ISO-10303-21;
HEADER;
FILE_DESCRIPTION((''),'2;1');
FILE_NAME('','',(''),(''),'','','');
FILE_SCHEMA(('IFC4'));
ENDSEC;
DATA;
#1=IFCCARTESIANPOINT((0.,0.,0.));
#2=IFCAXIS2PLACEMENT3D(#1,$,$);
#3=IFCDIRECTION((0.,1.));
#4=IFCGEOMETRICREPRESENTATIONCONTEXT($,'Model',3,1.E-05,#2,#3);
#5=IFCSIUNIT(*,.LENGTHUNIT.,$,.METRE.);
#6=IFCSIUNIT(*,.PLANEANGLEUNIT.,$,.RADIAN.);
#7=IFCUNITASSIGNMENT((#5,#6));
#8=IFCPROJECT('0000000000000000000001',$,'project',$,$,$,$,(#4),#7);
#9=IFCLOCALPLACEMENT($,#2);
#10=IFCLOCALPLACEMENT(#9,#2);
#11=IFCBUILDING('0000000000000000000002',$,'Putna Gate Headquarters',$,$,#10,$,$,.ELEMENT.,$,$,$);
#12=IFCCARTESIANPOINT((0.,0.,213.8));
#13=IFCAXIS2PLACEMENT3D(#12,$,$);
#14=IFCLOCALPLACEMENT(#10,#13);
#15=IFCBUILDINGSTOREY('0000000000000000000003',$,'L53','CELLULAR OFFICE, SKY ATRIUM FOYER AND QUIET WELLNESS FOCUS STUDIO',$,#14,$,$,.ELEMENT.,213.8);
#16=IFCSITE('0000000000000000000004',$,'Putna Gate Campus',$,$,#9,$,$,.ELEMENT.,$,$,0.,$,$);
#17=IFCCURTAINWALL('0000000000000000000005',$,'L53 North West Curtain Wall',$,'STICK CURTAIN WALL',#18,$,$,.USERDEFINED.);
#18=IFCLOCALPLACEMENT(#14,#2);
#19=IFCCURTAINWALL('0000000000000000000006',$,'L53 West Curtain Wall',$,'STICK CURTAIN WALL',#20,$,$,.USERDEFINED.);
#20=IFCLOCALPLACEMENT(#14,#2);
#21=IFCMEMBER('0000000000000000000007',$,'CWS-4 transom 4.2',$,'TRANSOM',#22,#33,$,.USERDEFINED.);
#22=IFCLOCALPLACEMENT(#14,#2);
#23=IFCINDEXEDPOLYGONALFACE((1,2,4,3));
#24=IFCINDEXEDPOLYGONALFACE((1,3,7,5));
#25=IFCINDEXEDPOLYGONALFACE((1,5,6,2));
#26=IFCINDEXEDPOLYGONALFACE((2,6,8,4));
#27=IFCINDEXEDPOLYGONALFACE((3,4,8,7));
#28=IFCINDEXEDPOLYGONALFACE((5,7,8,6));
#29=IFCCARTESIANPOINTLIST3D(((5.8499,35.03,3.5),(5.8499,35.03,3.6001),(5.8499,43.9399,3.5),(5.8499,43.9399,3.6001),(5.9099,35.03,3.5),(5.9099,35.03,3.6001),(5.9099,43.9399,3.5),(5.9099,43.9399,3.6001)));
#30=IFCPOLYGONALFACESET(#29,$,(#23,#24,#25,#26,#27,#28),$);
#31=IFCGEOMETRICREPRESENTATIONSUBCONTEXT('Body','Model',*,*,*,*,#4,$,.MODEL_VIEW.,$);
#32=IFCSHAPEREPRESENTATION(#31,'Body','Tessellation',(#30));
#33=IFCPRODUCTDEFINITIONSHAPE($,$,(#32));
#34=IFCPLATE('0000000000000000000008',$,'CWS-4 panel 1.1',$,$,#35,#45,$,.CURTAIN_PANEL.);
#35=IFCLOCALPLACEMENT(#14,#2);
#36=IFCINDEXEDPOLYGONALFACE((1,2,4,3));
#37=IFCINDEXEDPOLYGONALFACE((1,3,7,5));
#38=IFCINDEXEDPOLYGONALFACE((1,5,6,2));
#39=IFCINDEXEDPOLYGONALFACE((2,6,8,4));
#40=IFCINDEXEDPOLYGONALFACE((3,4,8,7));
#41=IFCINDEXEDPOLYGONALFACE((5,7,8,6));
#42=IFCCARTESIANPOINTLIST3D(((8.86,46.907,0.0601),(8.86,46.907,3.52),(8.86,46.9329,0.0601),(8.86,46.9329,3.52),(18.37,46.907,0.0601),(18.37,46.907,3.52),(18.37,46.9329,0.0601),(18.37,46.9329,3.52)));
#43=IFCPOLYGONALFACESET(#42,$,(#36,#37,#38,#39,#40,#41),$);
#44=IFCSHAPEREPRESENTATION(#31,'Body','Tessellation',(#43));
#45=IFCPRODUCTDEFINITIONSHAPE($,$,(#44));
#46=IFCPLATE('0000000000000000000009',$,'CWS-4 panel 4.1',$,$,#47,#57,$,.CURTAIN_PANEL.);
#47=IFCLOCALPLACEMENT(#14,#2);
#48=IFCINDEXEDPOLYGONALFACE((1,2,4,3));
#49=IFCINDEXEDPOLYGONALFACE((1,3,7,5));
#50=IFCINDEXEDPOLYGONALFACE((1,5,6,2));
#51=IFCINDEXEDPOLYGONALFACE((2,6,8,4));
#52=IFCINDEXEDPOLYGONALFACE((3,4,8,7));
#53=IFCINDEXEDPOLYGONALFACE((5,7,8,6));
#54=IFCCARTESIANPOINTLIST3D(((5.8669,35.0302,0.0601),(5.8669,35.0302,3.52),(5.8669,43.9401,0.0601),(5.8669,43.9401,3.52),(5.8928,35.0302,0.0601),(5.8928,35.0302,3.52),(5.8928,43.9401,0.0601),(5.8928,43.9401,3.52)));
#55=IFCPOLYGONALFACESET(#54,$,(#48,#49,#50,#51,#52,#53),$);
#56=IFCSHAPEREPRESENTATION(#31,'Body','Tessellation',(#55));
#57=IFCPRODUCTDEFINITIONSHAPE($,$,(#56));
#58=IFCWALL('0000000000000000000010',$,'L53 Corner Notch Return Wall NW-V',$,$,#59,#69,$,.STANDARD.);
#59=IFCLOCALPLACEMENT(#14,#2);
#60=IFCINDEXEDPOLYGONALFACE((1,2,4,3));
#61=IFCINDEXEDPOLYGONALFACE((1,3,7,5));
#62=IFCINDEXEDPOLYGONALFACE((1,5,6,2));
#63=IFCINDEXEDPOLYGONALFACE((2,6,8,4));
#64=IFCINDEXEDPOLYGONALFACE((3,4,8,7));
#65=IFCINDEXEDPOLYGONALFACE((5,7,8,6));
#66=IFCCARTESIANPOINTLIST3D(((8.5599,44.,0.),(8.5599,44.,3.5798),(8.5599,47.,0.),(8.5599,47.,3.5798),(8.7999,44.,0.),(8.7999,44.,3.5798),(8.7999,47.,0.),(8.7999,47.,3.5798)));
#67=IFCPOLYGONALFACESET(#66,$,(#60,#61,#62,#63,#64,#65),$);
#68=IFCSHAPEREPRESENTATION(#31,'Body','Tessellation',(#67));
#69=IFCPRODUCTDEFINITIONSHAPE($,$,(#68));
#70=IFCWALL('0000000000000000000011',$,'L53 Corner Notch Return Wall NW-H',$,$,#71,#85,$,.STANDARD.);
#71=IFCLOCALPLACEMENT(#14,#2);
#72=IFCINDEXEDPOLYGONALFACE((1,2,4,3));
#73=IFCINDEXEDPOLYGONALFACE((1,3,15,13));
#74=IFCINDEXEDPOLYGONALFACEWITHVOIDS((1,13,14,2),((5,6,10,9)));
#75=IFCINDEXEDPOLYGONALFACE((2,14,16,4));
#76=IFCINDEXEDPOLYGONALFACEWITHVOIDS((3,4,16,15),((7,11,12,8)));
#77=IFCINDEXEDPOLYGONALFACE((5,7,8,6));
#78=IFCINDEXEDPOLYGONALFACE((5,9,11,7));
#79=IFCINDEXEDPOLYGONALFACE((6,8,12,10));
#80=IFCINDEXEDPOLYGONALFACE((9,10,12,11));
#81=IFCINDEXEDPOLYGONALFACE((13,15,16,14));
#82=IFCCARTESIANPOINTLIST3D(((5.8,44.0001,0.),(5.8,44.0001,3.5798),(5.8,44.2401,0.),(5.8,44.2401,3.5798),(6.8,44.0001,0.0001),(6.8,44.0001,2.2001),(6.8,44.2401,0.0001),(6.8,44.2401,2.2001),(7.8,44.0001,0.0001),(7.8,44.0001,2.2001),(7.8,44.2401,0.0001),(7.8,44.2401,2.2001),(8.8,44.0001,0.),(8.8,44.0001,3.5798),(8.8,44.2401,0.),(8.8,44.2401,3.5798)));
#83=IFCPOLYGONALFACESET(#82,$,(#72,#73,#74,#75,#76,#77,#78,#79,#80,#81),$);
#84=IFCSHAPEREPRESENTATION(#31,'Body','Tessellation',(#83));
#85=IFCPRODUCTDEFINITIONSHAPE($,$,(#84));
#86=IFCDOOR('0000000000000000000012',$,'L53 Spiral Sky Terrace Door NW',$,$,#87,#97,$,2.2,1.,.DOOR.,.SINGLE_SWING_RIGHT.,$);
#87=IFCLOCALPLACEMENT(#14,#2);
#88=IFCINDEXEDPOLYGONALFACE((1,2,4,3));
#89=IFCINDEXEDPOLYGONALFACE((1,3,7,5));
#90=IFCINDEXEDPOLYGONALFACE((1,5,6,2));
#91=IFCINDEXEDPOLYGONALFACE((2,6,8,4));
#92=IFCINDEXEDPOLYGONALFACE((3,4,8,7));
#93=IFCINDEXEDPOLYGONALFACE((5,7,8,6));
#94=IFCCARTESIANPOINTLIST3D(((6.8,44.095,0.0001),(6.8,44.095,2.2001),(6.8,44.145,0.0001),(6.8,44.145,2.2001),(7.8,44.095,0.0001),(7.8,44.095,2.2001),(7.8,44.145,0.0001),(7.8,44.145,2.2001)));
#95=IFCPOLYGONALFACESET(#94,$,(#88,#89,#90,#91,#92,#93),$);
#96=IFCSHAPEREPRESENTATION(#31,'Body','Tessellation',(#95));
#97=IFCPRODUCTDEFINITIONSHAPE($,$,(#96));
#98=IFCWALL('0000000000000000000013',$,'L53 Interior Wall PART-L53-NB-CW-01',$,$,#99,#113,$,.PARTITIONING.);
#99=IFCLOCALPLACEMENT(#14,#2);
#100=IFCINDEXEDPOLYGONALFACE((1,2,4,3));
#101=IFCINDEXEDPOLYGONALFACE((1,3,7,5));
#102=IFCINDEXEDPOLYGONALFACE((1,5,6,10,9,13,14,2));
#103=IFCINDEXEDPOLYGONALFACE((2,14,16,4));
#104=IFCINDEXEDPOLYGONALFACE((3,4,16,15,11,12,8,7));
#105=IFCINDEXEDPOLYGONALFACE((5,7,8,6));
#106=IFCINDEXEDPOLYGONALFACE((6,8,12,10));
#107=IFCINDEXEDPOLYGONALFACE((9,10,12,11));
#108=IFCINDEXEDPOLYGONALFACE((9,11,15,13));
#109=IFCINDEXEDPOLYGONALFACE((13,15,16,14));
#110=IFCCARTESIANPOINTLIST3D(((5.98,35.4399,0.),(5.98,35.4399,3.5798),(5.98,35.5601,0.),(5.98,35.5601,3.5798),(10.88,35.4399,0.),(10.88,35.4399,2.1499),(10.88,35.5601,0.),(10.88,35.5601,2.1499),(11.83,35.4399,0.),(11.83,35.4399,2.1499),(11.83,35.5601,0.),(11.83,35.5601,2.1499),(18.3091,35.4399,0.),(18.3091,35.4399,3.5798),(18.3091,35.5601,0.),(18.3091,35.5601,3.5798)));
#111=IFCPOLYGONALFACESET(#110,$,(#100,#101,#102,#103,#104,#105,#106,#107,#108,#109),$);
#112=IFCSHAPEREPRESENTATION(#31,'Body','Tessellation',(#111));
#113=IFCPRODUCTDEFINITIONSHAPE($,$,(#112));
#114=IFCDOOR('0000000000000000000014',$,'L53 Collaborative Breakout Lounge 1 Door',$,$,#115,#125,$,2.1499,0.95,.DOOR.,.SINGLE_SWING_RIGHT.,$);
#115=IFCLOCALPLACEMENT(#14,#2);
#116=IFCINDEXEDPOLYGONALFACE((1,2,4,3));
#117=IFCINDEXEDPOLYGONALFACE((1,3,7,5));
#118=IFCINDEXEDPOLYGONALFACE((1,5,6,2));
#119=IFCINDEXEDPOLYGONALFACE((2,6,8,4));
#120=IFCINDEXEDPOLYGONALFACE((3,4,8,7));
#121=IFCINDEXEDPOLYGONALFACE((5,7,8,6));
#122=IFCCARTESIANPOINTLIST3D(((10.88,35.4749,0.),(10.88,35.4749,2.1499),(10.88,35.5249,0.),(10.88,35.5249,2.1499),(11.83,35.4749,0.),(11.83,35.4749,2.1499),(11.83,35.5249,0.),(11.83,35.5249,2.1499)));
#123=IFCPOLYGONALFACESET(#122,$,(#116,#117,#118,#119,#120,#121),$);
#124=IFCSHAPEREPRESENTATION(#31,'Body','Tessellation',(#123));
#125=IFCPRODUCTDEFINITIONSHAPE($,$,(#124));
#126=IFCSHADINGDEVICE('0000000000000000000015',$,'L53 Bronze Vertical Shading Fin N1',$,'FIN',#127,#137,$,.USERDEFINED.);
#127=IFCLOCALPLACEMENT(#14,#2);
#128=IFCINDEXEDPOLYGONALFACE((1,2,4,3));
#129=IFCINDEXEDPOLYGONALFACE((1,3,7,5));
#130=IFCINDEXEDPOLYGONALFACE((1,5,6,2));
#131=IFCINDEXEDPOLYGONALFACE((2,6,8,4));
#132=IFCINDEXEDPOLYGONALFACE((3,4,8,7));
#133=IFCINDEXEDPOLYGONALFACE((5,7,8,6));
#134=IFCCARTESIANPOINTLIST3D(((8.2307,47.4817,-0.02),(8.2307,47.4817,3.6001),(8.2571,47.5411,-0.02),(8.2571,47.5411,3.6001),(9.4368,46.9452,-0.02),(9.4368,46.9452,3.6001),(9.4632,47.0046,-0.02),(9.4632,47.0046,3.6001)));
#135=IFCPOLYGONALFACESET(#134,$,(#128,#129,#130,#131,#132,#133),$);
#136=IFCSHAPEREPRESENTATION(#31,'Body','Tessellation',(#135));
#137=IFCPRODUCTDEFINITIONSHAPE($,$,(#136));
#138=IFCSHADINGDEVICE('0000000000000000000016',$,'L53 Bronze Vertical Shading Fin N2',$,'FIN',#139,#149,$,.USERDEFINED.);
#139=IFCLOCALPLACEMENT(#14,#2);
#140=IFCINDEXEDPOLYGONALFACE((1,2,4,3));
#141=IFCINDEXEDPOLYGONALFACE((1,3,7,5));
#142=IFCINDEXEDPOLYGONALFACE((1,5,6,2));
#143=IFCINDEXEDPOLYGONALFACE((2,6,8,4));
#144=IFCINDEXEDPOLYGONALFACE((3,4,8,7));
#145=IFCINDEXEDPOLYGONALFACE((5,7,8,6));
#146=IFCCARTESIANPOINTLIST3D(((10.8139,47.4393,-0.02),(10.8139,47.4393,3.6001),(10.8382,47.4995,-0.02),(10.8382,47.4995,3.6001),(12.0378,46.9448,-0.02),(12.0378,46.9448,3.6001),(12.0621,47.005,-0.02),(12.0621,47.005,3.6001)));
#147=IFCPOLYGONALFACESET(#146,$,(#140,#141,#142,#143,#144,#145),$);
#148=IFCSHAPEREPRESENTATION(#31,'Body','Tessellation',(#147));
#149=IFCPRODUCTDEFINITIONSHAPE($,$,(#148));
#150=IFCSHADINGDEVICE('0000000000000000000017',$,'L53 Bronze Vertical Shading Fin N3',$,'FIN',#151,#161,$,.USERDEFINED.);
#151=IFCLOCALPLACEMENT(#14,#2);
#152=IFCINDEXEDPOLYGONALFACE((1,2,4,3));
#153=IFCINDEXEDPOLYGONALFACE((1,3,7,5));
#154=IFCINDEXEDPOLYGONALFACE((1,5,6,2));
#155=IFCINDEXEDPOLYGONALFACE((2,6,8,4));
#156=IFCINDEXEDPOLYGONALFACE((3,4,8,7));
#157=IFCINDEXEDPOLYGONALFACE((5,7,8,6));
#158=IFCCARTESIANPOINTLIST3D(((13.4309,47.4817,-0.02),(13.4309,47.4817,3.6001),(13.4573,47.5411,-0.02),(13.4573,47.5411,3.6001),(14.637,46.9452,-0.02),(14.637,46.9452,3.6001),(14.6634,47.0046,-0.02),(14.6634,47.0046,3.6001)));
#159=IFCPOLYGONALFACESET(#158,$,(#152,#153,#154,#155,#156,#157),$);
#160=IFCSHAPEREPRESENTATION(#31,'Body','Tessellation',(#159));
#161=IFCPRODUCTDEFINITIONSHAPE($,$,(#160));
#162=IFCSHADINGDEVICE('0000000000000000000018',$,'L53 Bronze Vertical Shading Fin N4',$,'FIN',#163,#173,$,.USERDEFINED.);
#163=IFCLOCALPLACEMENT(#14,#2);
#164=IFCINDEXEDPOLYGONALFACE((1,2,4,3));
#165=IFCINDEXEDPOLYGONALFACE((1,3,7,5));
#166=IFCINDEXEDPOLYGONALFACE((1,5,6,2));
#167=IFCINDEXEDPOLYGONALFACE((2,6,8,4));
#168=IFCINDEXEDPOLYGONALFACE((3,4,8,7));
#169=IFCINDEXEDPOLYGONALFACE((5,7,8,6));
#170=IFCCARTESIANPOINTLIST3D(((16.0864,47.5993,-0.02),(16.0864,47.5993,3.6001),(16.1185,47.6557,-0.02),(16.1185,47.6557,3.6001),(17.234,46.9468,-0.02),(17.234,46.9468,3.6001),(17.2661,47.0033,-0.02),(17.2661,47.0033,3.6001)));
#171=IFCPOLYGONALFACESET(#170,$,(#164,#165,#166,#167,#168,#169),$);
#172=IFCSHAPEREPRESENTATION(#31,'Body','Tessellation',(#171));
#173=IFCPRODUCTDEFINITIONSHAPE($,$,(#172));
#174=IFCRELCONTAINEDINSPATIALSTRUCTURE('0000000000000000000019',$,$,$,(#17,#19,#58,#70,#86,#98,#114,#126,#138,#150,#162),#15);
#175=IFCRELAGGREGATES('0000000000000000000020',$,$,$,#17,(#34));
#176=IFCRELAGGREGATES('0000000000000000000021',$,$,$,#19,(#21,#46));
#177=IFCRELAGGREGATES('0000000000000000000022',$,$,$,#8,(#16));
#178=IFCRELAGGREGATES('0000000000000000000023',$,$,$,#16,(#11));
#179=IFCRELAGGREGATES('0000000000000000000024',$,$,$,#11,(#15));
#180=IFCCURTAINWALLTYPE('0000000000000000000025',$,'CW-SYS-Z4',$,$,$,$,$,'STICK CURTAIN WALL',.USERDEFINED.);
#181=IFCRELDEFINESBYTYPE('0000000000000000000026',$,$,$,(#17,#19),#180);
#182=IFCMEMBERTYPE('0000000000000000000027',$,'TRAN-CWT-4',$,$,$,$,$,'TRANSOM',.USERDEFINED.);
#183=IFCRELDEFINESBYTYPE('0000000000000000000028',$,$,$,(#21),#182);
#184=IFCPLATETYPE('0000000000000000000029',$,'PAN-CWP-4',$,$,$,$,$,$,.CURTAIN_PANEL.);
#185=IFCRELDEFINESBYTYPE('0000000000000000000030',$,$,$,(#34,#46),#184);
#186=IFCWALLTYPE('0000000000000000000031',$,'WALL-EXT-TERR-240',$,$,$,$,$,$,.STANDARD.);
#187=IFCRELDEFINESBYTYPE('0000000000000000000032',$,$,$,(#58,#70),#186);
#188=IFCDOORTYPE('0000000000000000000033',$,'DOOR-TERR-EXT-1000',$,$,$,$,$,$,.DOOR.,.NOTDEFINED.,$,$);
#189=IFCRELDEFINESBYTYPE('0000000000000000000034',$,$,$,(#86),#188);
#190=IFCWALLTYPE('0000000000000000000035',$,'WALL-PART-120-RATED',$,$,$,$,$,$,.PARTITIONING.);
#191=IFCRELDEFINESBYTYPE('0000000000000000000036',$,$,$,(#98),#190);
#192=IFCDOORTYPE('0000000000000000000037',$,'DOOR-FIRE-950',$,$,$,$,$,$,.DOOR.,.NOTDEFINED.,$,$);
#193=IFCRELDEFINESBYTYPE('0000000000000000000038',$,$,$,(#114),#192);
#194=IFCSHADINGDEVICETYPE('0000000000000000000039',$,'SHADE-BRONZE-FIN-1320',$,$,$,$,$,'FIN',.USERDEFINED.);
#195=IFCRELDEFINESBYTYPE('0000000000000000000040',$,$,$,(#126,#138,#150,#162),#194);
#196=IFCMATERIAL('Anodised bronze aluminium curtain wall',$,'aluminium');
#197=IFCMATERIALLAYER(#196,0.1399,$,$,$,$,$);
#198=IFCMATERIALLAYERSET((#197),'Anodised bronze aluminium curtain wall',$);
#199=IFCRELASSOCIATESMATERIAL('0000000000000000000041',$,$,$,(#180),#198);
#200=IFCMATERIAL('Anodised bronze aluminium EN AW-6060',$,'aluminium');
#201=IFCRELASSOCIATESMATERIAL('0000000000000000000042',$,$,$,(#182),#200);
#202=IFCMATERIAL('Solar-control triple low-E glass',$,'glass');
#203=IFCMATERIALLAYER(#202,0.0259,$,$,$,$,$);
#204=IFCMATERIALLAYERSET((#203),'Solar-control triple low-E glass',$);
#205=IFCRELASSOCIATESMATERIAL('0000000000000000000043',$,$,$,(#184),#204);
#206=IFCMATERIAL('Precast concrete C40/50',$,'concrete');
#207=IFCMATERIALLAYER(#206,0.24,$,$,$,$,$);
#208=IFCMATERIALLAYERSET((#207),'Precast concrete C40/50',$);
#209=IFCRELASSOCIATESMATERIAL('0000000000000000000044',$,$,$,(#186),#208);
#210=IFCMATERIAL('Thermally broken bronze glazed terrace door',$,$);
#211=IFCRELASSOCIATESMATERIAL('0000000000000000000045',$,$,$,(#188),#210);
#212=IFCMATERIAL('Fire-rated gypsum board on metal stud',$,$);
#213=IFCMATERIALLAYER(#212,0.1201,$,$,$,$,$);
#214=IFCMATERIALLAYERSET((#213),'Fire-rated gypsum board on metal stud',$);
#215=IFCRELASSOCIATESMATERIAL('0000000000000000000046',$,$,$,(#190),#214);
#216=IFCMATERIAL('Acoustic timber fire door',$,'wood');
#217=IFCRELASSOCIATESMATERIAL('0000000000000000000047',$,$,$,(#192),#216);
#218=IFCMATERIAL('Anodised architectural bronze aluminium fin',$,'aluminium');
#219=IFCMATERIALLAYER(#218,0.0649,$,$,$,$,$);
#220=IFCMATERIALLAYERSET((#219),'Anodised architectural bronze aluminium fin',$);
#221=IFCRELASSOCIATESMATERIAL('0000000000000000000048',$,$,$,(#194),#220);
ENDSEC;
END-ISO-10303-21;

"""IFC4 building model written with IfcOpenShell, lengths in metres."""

from ifc_helpers import new_model, si_unit, direction, frame, frame_2d, origin, origin_2d, place, context, subcontext, project, spatial, rectangle, extrude, material, layer, layer_set, material_profile, profile_set, type_object, element, fill, aggregate, save


model = new_model("IFC4")

# Units and contexts
model_context = context("Model", 3, precision=1e-05, world=origin(), true_north=direction((0.0, 1.0)))
body_context = subcontext(model_context, "Body", "Model", "MODEL_VIEW")
ifc_project = project(units=[si_unit("LENGTHUNIT", "METRE"), si_unit("PLANEANGLEUNIT", "RADIAN")], contexts=[model_context])

# Site, building, storey
site_placement = place(None, origin())
site = spatial("IfcSite", under=ifc_project, at=site_placement, Name="Putna Gate Campus", CompositionType="ELEMENT", RefElevation=0.0)
building_placement = place(site_placement, origin())
building = spatial("IfcBuilding", under=site, at=building_placement, Name="Putna Gate Headquarters", CompositionType="ELEMENT")
storey_placement = place(building_placement, frame((0.0, 0.0, 213.8)))
storey = spatial("IfcBuildingStorey", under=building, at=storey_placement, Name="L53", Description="CELLULAR OFFICE, SKY ATRIUM FOYER AND QUIET WELLNESS FOCUS STUDIO", CompositionType="ELEMENT", Elevation=213.8)

# Curtain wall
ifc_material_1 = material(Name="Anodised bronze aluminium curtain wall", Category="aluminium")
ifc_layer_1 = layer(ifc_material_1, 0.1399)
ifc_layer_set_1 = layer_set([ifc_layer_1], Name="Anodised bronze aluminium curtain wall")
curtain_wall_type = type_object("IfcCurtainWallType", Name="CW-SYS-Z4", ElementType="STICK CURTAIN WALL", PredefinedType="USERDEFINED", material=ifc_layer_set_1)
curtain_wall_1_placement = place(storey_placement, origin())
curtain_wall_1 = element("IfcCurtainWall", 1, at=curtain_wall_1_placement, inside=storey, type_object=curtain_wall_type, Name="L53 North West Curtain Wall", ObjectType="STICK CURTAIN WALL", PredefinedType="USERDEFINED")
ifc_material_2 = material(Name="Anodised bronze aluminium EN AW-6060", Category="aluminium")

# Curtain wall
curtain_wall_2_placement = place(storey_placement, origin())
curtain_wall_2 = element("IfcCurtainWall", 2, at=curtain_wall_2_placement, inside=storey, type_object=curtain_wall_type, Name="L53 West Curtain Wall", ObjectType="STICK CURTAIN WALL", PredefinedType="USERDEFINED")

# Member
ifc_material_profile_1 = material_profile(ifc_material_2, rectangle(XDim=0.0601, YDim=0.1001, at=origin_2d()), Name="Anodised bronze aluminium EN AW-6060")
ifc_profile_set_1 = profile_set([ifc_material_profile_1], Name="Anodised bronze aluminium EN AW-6060")
member_type_1 = type_object("IfcMemberType", Name="TRAN-CWT-4", ElementType="TRANSOM", PredefinedType="USERDEFINED", material=ifc_profile_set_1)
member_1_placement = place(storey_placement, frame((5.8799, 35.03, 3.55), z_axis=(0.0, 1.0, 0.0), x_axis=(-1.0, 0.0, 0.0)))
member_1 = element("IfcMember", 3, at=member_1_placement, type_object=member_type_1, Name="CWS-4 transom 4.2", ObjectType="TRANSOM", PredefinedType="USERDEFINED", context=body_context, shape_type="SweptSolid", body=[
    extrude(rectangle(XDim=0.0601, YDim=0.1001, at=origin_2d()), origin(), (0.0, 0.0, 1.0), 8.9099),
])

# Plates
ifc_material_3 = material(Name="Solar-control triple low-E glass", Category="glass")
ifc_layer_2 = layer(ifc_material_3, 0.0259)
ifc_layer_set_2 = layer_set([ifc_layer_2], Name="Solar-control triple low-E glass")
plate_type = type_object("IfcPlateType", Name="PAN-CWP-4", PredefinedType="CURTAIN_PANEL", material=ifc_layer_set_2)
plate_1_placement = place(storey_placement, frame((13.615, 46.9199, 0.0601), z_axis=(0.0, 0.0, 1.0), x_axis=(1.0, 0.0, 0.0)))
plate_1 = element("IfcPlate", 4, at=plate_1_placement, type_object=plate_type, Name="CWS-4 panel 1.1", PredefinedType="CURTAIN_PANEL", context=body_context, shape_type="SweptSolid", body=[
    extrude(rectangle(XDim=9.51, YDim=0.0259, at=origin_2d()), origin(), (0.0, 0.0, 1.0), 3.46),
])
aggregate(curtain_wall_1, [plate_1])
plate_2_placement = place(storey_placement, frame((5.8799, 39.4851, 0.0601), z_axis=(0.0, 0.0, 1.0), x_axis=(0.0, 1.0, 0.0)))
plate_2 = element("IfcPlate", 5, at=plate_2_placement, type_object=plate_type, Name="CWS-4 panel 4.1", PredefinedType="CURTAIN_PANEL", context=body_context, shape_type="SweptSolid", body=[
    extrude(rectangle(XDim=8.9099, YDim=0.0259, at=origin_2d()), origin(), (0.0, 0.0, 1.0), 3.46),
])
aggregate(curtain_wall_2, [member_1, plate_2])

# Wall
ifc_material_4 = material(Name="Precast concrete C40/50", Category="concrete")
ifc_layer_3 = layer(ifc_material_4, 0.24)
ifc_layer_set_3 = layer_set([ifc_layer_3], Name="Precast concrete C40/50")
wall_type_1 = type_object("IfcWallType", Name="WALL-EXT-TERR-240", PredefinedType="STANDARD", material=ifc_layer_set_3)
wall_1_placement = place(storey_placement, frame((8.6799, 44.0, 0.0), z_axis=(0.0, 0.0, 1.0), x_axis=(0.0, 1.0, 0.0)))
element("IfcWall", 6, at=wall_1_placement, inside=storey, type_object=wall_type_1, Name="L53 Corner Notch Return Wall NW-V", PredefinedType="STANDARD", context=body_context, shape_type="SweptSolid", body=[
    extrude(rectangle(XDim=3.0, YDim=0.24, at=frame_2d((1.5, 0.0))), origin(), (0.0, 0.0, 1.0), 3.5798),
])

# Walls, openings, doors
wall_2_placement = place(storey_placement, frame((5.8, 44.1201, 0.0), z_axis=(0.0, 0.0, 1.0), x_axis=(1.0, 0.0, 0.0)))
wall_2 = element("IfcWall", 7, at=wall_2_placement, inside=storey, type_object=wall_type_1, Name="L53 Corner Notch Return Wall NW-H", PredefinedType="STANDARD", context=body_context, shape_type="SweptSolid", body=[
    extrude(rectangle(XDim=3.0, YDim=0.24, at=frame_2d((1.5, 0.0))), origin(), (0.0, 0.0, 1.0), 3.5798),
])
opening_1_placement = place(wall_2_placement, frame((1.0, 0.0, 0.0)))
opening_1 = element("IfcOpeningElement", 8, at=opening_1_placement, cuts=wall_2, PredefinedType="OPENING", context=body_context, shape_type="SweptSolid", body=[
    extrude(rectangle(XDim=1.0, YDim=2.2, at=frame_2d((0.5, 1.1001))), frame((0.0, 0.1299, 0.0), z_axis=(0.0, -1.0, 0.0), x_axis=(1.0, 0.0, 0.0)), (0.0, 0.0, 1.0), 0.26),
])
ifc_material_5 = material(Name="Thermally broken bronze glazed terrace door")
door_type_1 = type_object("IfcDoorType", Name="DOOR-TERR-EXT-1000", OperationType="NOTDEFINED", PredefinedType="DOOR", material=ifc_material_5)
door_1_placement = place(opening_1_placement, origin())
door_1 = element("IfcDoor", 9, at=door_1_placement, inside=storey, type_object=door_type_1, Name="L53 Spiral Sky Terrace Door NW", OperationType="SINGLE_SWING_RIGHT", OverallHeight=2.2, OverallWidth=1.0, PredefinedType="DOOR", context=body_context, shape_type="SweptSolid", body=[
    extrude(rectangle(XDim=1.0, YDim=2.2, at=frame_2d((0.5, 1.1001))), frame((0.0, 0.0249, 0.0), z_axis=(0.0, -1.0, 0.0), x_axis=(1.0, 0.0, 0.0)), (0.0, 0.0, 1.0), 0.05),
])
fill(opening_1, door_1)
ifc_material_6 = material(Name="Fire-rated gypsum board on metal stud")
ifc_layer_4 = layer(ifc_material_6, 0.1201)
ifc_layer_set_4 = layer_set([ifc_layer_4], Name="Fire-rated gypsum board on metal stud")
wall_type_2 = type_object("IfcWallType", Name="WALL-PART-120-RATED", PredefinedType="PARTITIONING", material=ifc_layer_set_4)
wall_3_placement = place(storey_placement, frame((5.98, 35.5, 0.0), z_axis=(0.0, 0.0, 1.0), x_axis=(1.0, 0.0, 0.0)))
wall_3 = element("IfcWall", 10, at=wall_3_placement, inside=storey, type_object=wall_type_2, Name="L53 Interior Wall PART-L53-NB-CW-01", PredefinedType="PARTITIONING", context=body_context, shape_type="SweptSolid", body=[
    extrude(rectangle(XDim=12.3291, YDim=0.1201, at=frame_2d((6.1646, 0.0))), origin(), (0.0, 0.0, 1.0), 3.5798),
])
opening_2_placement = place(wall_3_placement, frame((4.8999, 0.0, 0.0)))
opening_2 = element("IfcOpeningElement", 11, at=opening_2_placement, cuts=wall_3, PredefinedType="OPENING", context=body_context, shape_type="SweptSolid", body=[
    extrude(rectangle(XDim=0.95, YDim=2.1499, at=frame_2d((0.4751, 1.075))), frame((0.0, 0.0701, 0.0), z_axis=(0.0, -1.0, 0.0), x_axis=(1.0, 0.0, 0.0)), (0.0, 0.0, 1.0), 0.1401),
])
ifc_material_7 = material(Name="Acoustic timber fire door", Category="wood")
door_type_2 = type_object("IfcDoorType", Name="DOOR-FIRE-950", OperationType="NOTDEFINED", PredefinedType="DOOR", material=ifc_material_7)
door_2_placement = place(opening_2_placement, origin())
door_2 = element("IfcDoor", 12, at=door_2_placement, inside=storey, type_object=door_type_2, Name="L53 Collaborative Breakout Lounge 1 Door", OperationType="SINGLE_SWING_RIGHT", OverallHeight=2.1499, OverallWidth=0.95, PredefinedType="DOOR", context=body_context, shape_type="SweptSolid", body=[
    extrude(rectangle(XDim=0.95, YDim=2.1499, at=frame_2d((0.4751, 1.075))), frame((0.0, 0.0249, 0.0), z_axis=(0.0, -1.0, 0.0), x_axis=(1.0, 0.0, 0.0)), (0.0, 0.0, 1.0), 0.05),
])
fill(opening_2, door_2)

# Shading devices
ifc_material_8 = material(Name="Anodised architectural bronze aluminium fin", Category="aluminium")
ifc_layer_5 = layer(ifc_material_8, 0.0649)
ifc_layer_set_5 = layer_set([ifc_layer_5], Name="Anodised architectural bronze aluminium fin")
shading_device_type = type_object("IfcShadingDeviceType", Name="SHADE-BRONZE-FIN-1320", ElementType="FIN", PredefinedType="USERDEFINED", material=ifc_layer_set_5)
for number, where, z_axis, x_axis, name in (
    (13, (8.8469, 47.2432, -0.02), (0.0, 0.0, 1.0), (-0.913687, 0.406418, 0.0), "L53 Bronze Vertical Shading Fin N1"),
    (14, (11.438, 47.2222, -0.02), (0.0, 0.0, 1.0), (-0.927184, 0.374607, 0.0), "L53 Bronze Vertical Shading Fin N2"),
    (15, (14.0471, 47.2432, -0.02), (0.0, 0.0, 1.0), (-0.913687, 0.406418, 0.0), "L53 Bronze Vertical Shading Fin N3"),
    (16, (16.6763, 47.3013, -0.02), (0.0, 0.0, 1.0), (-0.869322, 0.494245, 0.0), "L53 Bronze Vertical Shading Fin N4"),
):
    element("IfcShadingDevice", number, at=place(storey_placement, frame(where, z_axis=z_axis, x_axis=x_axis)), inside=storey, type_object=shading_device_type, Name=name, ObjectType="FIN", PredefinedType="USERDEFINED", context=body_context, shape_type="SweptSolid", body=[
        extrude(rectangle(XDim=1.3201, YDim=0.0649, at=origin_2d()), origin(), (0.0, 0.0, 1.0), 3.6201),
    ])

save(model, "model.ifc")
